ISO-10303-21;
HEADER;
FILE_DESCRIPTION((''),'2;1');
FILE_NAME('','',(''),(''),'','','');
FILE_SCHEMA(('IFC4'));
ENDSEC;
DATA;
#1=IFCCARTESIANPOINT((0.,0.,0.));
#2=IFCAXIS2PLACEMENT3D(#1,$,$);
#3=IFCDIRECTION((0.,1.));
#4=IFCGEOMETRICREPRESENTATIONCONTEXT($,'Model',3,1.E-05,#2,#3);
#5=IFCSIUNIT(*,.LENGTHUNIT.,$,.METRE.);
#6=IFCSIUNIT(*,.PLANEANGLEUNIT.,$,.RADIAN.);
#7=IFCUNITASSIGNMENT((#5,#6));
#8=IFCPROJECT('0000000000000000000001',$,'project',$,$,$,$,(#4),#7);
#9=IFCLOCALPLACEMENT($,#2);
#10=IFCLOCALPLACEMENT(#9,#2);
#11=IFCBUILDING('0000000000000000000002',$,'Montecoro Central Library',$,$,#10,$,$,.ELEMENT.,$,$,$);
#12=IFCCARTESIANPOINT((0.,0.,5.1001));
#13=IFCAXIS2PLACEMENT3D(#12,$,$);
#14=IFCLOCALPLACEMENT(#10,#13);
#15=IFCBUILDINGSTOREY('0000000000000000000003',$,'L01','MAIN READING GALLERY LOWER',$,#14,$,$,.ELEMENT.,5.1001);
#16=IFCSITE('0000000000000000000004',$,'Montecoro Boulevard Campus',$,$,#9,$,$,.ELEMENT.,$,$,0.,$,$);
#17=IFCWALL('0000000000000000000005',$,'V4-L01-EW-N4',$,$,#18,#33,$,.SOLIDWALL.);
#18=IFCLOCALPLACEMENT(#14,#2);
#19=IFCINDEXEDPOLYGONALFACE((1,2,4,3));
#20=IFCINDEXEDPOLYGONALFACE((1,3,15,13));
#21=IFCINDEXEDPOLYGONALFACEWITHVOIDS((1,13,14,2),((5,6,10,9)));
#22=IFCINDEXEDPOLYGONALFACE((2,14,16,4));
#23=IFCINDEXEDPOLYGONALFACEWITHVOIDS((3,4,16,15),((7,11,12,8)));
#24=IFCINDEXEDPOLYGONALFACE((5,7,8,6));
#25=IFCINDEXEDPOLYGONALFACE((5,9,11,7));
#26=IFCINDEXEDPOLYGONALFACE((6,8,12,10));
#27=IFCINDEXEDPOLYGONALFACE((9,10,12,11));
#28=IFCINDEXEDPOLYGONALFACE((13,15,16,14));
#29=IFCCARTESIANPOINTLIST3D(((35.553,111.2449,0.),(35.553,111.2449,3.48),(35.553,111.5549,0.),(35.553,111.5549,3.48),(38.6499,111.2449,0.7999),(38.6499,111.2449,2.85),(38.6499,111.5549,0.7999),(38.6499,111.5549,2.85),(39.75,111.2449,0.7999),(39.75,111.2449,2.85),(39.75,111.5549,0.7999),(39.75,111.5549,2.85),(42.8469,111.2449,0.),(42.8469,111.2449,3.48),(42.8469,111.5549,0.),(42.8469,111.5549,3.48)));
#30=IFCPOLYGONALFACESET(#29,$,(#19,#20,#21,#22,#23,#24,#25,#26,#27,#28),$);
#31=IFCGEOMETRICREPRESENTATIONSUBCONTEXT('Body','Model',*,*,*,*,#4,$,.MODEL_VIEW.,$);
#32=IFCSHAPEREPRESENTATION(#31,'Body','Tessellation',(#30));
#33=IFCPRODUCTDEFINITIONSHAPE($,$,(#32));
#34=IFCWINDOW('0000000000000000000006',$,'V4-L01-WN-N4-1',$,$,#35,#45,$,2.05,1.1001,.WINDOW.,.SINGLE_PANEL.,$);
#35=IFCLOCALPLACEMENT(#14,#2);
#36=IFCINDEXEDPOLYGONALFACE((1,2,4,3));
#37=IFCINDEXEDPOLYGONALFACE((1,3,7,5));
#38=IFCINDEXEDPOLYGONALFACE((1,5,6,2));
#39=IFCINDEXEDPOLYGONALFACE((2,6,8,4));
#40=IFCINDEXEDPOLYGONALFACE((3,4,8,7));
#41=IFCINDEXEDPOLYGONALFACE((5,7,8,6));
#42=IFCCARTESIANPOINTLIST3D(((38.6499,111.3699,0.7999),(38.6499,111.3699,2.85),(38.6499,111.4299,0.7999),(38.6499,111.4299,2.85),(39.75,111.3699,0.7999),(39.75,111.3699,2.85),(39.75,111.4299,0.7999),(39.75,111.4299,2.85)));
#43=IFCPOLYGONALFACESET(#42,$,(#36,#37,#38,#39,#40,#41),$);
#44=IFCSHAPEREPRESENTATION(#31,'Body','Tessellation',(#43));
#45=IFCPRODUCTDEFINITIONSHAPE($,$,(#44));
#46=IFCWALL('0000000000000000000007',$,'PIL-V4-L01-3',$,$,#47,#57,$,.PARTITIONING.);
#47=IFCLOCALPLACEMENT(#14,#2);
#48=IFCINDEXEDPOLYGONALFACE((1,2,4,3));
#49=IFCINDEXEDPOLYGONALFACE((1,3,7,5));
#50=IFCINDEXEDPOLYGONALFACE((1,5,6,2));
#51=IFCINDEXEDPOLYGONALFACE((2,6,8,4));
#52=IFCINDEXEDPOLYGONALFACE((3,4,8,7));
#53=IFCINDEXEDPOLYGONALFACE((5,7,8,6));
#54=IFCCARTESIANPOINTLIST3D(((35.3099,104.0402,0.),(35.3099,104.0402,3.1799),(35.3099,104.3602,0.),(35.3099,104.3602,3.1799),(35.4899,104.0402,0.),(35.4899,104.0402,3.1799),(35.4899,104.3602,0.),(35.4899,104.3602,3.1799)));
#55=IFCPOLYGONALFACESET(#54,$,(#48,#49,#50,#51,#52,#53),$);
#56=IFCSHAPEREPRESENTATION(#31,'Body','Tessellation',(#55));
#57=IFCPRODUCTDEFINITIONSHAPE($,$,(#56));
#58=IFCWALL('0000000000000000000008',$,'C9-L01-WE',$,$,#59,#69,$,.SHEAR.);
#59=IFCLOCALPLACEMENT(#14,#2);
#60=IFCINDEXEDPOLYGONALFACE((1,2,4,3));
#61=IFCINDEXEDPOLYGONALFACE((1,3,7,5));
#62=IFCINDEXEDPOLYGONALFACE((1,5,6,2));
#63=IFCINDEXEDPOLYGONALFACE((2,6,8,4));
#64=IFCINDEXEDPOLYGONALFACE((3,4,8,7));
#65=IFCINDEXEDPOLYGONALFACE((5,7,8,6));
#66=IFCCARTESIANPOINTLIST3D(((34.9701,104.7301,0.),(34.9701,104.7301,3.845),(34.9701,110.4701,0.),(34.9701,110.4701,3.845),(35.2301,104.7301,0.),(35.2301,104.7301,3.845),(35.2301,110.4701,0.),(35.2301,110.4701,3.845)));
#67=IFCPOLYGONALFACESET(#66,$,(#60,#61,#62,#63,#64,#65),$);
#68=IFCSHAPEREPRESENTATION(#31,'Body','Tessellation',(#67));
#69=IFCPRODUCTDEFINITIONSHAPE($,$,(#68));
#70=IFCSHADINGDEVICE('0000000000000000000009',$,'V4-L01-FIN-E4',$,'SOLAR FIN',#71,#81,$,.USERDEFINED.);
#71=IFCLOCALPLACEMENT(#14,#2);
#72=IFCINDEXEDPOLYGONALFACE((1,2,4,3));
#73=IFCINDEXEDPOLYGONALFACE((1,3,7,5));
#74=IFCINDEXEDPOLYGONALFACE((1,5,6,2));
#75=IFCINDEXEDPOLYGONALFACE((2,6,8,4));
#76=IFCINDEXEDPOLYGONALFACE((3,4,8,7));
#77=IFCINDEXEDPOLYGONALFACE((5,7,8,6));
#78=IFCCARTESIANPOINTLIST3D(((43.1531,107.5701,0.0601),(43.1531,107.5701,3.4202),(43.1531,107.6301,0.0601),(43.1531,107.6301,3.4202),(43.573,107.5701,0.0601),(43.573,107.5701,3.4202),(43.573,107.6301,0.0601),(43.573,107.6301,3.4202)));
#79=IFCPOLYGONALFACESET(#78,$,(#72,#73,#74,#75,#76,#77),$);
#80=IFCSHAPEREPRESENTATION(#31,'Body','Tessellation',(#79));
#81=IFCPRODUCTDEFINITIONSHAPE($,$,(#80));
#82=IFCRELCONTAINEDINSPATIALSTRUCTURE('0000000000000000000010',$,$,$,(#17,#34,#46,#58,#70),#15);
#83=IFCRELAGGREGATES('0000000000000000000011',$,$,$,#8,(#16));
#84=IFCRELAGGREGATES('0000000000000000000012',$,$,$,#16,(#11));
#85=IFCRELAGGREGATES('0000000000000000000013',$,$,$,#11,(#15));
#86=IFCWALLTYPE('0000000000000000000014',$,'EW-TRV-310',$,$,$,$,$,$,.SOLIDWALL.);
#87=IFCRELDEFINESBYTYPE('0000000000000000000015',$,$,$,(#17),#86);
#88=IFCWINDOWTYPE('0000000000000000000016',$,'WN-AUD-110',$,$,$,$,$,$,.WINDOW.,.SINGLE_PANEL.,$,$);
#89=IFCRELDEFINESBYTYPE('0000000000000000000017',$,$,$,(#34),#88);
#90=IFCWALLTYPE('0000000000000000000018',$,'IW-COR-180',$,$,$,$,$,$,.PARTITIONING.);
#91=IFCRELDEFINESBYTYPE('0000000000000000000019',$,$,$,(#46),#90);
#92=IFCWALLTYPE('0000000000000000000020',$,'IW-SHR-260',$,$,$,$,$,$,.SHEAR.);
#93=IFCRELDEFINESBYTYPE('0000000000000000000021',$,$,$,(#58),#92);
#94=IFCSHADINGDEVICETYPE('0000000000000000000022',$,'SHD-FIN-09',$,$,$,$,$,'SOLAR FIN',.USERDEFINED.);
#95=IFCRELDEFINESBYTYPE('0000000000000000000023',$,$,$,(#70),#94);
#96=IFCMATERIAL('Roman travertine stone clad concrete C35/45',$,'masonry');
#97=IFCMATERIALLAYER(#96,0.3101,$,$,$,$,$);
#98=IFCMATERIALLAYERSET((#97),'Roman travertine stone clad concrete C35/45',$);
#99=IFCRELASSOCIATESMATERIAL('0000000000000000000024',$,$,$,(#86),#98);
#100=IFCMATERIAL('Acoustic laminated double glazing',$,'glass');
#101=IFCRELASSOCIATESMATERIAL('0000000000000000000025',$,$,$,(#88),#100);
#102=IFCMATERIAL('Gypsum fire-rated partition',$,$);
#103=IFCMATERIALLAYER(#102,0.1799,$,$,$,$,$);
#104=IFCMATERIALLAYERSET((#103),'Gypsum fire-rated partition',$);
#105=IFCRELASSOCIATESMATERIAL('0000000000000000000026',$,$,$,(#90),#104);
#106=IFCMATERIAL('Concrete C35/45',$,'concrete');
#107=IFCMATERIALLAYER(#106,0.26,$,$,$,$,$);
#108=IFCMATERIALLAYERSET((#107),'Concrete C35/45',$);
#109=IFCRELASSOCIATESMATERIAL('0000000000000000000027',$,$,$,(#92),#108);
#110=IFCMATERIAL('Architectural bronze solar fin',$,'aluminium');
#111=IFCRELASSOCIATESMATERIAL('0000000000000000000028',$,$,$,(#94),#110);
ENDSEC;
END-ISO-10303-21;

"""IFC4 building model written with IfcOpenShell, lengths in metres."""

from ifc_helpers import new_model, si_unit, direction, frame, frame_2d, origin, origin_2d, place, context, subcontext, project, spatial, rectangle, extrude, material, layer, layer_set, type_object, element, fill, save


model = new_model("IFC4")

# Units and contexts
model_context = context("Model", 3, precision=1e-05, world=origin(), true_north=direction((0.0, 1.0)))
body_context = subcontext(model_context, "Body", "Model", "MODEL_VIEW")
ifc_project = project(units=[si_unit("LENGTHUNIT", "METRE"), si_unit("PLANEANGLEUNIT", "RADIAN")], contexts=[model_context])

# Site, building, storey
site_placement = place(None, origin())
site = spatial("IfcSite", under=ifc_project, at=site_placement, Name="Montecoro Boulevard Campus", CompositionType="ELEMENT", RefElevation=0.0)
building_placement = place(site_placement, origin())
building = spatial("IfcBuilding", under=site, at=building_placement, Name="Montecoro Central Library", CompositionType="ELEMENT")
storey_placement = place(building_placement, frame((0.0, 0.0, 5.1001)))
storey = spatial("IfcBuildingStorey", under=building, at=storey_placement, Name="L01", Description="MAIN READING GALLERY LOWER", CompositionType="ELEMENT", Elevation=5.1001)

# Wall, opening, window
ifc_material_1 = material(Name="Roman travertine stone clad concrete C35/45", Category="masonry")
ifc_layer_1 = layer(ifc_material_1, 0.3101)
ifc_layer_set_1 = layer_set([ifc_layer_1], Name="Roman travertine stone clad concrete C35/45")
wall_type_1 = type_object("IfcWallType", Name="EW-TRV-310", PredefinedType="SOLIDWALL", material=ifc_layer_set_1)
ifc_material_2 = material(Name="Acoustic laminated double glazing", Category="glass")
window_type = type_object("IfcWindowType", Name="WN-AUD-110", PartitioningType="SINGLE_PANEL", PredefinedType="WINDOW", material=ifc_material_2)
wall_1_placement = place(storey_placement, frame((42.8469, 111.3999, 0.0), z_axis=(0.0, 0.0, 1.0), x_axis=(-1.0, 0.0, 0.0)))
wall_1 = element("IfcWall", 1, at=wall_1_placement, inside=storey, type_object=wall_type_1, Name="V4-L01-EW-N4", PredefinedType="SOLIDWALL", context=body_context, shape_type="SweptSolid", body=[
    extrude(rectangle(XDim=7.2939, YDim=0.3101, at=frame_2d((3.647, 0.0))), origin(), (0.0, 0.0, 1.0), 3.48),
])
opening_1_placement = place(wall_1_placement, frame((3.0969, 0.0, 0.8)))
opening_1 = element("IfcOpeningElement", 2, at=opening_1_placement, cuts=wall_1, PredefinedType="OPENING", context=body_context, shape_type="SweptSolid", body=[
    extrude(rectangle(XDim=1.1001, YDim=2.05, at=frame_2d((0.55, 1.0249))), frame((0.0, 0.165, 0.0), z_axis=(0.0, -1.0, 0.0), x_axis=(1.0, 0.0, 0.0)), (0.0, 0.0, 1.0), 0.3301),
])
window_1_placement = place(opening_1_placement, origin())
window_1 = element("IfcWindow", 3, at=window_1_placement, inside=storey, type_object=window_type, Name="V4-L01-WN-N4-1", OverallHeight=2.05, OverallWidth=1.1001, PartitioningType="SINGLE_PANEL", PredefinedType="WINDOW", context=body_context, shape_type="SweptSolid", body=[
    extrude(rectangle(XDim=1.1001, YDim=2.05, at=frame_2d((0.55, 1.0249))), frame((0.0, 0.03, 0.0), z_axis=(0.0, -1.0, 0.0), x_axis=(1.0, 0.0, 0.0)), (0.0, 0.0, 1.0), 0.0601),
])
fill(opening_1, window_1)

# Walls
ifc_material_3 = material(Name="Gypsum fire-rated partition")
ifc_layer_2 = layer(ifc_material_3, 0.1799)
ifc_layer_set_2 = layer_set([ifc_layer_2], Name="Gypsum fire-rated partition")
wall_type_2 = type_object("IfcWallType", Name="IW-COR-180", PredefinedType="PARTITIONING", material=ifc_layer_set_2)
wall_2_placement = place(storey_placement, frame((35.3999, 104.04, 0.0), z_axis=(0.0, 0.0, 1.0), x_axis=(0.0, 1.0, 0.0)))
element("IfcWall", 4, at=wall_2_placement, inside=storey, type_object=wall_type_2, Name="PIL-V4-L01-3", PredefinedType="PARTITIONING", context=body_context, shape_type="SweptSolid", body=[
    extrude(rectangle(XDim=0.3201, YDim=0.1799, at=frame_2d((0.1602, 0.0))), origin(), (0.0, 0.0, 1.0), 3.1799),
])
ifc_material_4 = material(Name="Concrete C35/45", Category="concrete")
ifc_layer_3 = layer(ifc_material_4, 0.26)
ifc_layer_set_3 = layer_set([ifc_layer_3], Name="Concrete C35/45")
wall_type_3 = type_object("IfcWallType", Name="IW-SHR-260", PredefinedType="SHEAR", material=ifc_layer_set_3)
wall_3_placement = place(storey_placement, frame((35.1001, 104.73, 0.0), z_axis=(0.0, 0.0, 1.0), x_axis=(0.0, 1.0, 0.0)))
element("IfcWall", 5, at=wall_3_placement, inside=storey, type_object=wall_type_3, Name="C9-L01-WE", PredefinedType="SHEAR", context=body_context, shape_type="SweptSolid", body=[
    extrude(rectangle(XDim=5.74, YDim=0.26, at=frame_2d((2.8701, 0.0))), origin(), (0.0, 0.0, 1.0), 3.845),
])

# Shading device
ifc_material_5 = material(Name="Architectural bronze solar fin", Category="aluminium")
shading_device_type = type_object("IfcShadingDeviceType", Name="SHD-FIN-09", ElementType="SOLAR FIN", PredefinedType="USERDEFINED", material=ifc_material_5)
shading_device_placement = place(storey_placement, frame((43.363, 107.6001, 0.0601), z_axis=(0.0, 0.0, 1.0), x_axis=(0.0, 1.0, 0.0)))
element("IfcShadingDevice", 6, at=shading_device_placement, inside=storey, type_object=shading_device_type, Name="V4-L01-FIN-E4", ObjectType="SOLAR FIN", PredefinedType="USERDEFINED", context=body_context, shape_type="SweptSolid", body=[
    extrude(rectangle(XDim=0.0601, YDim=0.4199, at=origin_2d()), origin(), (0.0, 0.0, 1.0), 3.3601),
])

save(model, "model.ifc")
